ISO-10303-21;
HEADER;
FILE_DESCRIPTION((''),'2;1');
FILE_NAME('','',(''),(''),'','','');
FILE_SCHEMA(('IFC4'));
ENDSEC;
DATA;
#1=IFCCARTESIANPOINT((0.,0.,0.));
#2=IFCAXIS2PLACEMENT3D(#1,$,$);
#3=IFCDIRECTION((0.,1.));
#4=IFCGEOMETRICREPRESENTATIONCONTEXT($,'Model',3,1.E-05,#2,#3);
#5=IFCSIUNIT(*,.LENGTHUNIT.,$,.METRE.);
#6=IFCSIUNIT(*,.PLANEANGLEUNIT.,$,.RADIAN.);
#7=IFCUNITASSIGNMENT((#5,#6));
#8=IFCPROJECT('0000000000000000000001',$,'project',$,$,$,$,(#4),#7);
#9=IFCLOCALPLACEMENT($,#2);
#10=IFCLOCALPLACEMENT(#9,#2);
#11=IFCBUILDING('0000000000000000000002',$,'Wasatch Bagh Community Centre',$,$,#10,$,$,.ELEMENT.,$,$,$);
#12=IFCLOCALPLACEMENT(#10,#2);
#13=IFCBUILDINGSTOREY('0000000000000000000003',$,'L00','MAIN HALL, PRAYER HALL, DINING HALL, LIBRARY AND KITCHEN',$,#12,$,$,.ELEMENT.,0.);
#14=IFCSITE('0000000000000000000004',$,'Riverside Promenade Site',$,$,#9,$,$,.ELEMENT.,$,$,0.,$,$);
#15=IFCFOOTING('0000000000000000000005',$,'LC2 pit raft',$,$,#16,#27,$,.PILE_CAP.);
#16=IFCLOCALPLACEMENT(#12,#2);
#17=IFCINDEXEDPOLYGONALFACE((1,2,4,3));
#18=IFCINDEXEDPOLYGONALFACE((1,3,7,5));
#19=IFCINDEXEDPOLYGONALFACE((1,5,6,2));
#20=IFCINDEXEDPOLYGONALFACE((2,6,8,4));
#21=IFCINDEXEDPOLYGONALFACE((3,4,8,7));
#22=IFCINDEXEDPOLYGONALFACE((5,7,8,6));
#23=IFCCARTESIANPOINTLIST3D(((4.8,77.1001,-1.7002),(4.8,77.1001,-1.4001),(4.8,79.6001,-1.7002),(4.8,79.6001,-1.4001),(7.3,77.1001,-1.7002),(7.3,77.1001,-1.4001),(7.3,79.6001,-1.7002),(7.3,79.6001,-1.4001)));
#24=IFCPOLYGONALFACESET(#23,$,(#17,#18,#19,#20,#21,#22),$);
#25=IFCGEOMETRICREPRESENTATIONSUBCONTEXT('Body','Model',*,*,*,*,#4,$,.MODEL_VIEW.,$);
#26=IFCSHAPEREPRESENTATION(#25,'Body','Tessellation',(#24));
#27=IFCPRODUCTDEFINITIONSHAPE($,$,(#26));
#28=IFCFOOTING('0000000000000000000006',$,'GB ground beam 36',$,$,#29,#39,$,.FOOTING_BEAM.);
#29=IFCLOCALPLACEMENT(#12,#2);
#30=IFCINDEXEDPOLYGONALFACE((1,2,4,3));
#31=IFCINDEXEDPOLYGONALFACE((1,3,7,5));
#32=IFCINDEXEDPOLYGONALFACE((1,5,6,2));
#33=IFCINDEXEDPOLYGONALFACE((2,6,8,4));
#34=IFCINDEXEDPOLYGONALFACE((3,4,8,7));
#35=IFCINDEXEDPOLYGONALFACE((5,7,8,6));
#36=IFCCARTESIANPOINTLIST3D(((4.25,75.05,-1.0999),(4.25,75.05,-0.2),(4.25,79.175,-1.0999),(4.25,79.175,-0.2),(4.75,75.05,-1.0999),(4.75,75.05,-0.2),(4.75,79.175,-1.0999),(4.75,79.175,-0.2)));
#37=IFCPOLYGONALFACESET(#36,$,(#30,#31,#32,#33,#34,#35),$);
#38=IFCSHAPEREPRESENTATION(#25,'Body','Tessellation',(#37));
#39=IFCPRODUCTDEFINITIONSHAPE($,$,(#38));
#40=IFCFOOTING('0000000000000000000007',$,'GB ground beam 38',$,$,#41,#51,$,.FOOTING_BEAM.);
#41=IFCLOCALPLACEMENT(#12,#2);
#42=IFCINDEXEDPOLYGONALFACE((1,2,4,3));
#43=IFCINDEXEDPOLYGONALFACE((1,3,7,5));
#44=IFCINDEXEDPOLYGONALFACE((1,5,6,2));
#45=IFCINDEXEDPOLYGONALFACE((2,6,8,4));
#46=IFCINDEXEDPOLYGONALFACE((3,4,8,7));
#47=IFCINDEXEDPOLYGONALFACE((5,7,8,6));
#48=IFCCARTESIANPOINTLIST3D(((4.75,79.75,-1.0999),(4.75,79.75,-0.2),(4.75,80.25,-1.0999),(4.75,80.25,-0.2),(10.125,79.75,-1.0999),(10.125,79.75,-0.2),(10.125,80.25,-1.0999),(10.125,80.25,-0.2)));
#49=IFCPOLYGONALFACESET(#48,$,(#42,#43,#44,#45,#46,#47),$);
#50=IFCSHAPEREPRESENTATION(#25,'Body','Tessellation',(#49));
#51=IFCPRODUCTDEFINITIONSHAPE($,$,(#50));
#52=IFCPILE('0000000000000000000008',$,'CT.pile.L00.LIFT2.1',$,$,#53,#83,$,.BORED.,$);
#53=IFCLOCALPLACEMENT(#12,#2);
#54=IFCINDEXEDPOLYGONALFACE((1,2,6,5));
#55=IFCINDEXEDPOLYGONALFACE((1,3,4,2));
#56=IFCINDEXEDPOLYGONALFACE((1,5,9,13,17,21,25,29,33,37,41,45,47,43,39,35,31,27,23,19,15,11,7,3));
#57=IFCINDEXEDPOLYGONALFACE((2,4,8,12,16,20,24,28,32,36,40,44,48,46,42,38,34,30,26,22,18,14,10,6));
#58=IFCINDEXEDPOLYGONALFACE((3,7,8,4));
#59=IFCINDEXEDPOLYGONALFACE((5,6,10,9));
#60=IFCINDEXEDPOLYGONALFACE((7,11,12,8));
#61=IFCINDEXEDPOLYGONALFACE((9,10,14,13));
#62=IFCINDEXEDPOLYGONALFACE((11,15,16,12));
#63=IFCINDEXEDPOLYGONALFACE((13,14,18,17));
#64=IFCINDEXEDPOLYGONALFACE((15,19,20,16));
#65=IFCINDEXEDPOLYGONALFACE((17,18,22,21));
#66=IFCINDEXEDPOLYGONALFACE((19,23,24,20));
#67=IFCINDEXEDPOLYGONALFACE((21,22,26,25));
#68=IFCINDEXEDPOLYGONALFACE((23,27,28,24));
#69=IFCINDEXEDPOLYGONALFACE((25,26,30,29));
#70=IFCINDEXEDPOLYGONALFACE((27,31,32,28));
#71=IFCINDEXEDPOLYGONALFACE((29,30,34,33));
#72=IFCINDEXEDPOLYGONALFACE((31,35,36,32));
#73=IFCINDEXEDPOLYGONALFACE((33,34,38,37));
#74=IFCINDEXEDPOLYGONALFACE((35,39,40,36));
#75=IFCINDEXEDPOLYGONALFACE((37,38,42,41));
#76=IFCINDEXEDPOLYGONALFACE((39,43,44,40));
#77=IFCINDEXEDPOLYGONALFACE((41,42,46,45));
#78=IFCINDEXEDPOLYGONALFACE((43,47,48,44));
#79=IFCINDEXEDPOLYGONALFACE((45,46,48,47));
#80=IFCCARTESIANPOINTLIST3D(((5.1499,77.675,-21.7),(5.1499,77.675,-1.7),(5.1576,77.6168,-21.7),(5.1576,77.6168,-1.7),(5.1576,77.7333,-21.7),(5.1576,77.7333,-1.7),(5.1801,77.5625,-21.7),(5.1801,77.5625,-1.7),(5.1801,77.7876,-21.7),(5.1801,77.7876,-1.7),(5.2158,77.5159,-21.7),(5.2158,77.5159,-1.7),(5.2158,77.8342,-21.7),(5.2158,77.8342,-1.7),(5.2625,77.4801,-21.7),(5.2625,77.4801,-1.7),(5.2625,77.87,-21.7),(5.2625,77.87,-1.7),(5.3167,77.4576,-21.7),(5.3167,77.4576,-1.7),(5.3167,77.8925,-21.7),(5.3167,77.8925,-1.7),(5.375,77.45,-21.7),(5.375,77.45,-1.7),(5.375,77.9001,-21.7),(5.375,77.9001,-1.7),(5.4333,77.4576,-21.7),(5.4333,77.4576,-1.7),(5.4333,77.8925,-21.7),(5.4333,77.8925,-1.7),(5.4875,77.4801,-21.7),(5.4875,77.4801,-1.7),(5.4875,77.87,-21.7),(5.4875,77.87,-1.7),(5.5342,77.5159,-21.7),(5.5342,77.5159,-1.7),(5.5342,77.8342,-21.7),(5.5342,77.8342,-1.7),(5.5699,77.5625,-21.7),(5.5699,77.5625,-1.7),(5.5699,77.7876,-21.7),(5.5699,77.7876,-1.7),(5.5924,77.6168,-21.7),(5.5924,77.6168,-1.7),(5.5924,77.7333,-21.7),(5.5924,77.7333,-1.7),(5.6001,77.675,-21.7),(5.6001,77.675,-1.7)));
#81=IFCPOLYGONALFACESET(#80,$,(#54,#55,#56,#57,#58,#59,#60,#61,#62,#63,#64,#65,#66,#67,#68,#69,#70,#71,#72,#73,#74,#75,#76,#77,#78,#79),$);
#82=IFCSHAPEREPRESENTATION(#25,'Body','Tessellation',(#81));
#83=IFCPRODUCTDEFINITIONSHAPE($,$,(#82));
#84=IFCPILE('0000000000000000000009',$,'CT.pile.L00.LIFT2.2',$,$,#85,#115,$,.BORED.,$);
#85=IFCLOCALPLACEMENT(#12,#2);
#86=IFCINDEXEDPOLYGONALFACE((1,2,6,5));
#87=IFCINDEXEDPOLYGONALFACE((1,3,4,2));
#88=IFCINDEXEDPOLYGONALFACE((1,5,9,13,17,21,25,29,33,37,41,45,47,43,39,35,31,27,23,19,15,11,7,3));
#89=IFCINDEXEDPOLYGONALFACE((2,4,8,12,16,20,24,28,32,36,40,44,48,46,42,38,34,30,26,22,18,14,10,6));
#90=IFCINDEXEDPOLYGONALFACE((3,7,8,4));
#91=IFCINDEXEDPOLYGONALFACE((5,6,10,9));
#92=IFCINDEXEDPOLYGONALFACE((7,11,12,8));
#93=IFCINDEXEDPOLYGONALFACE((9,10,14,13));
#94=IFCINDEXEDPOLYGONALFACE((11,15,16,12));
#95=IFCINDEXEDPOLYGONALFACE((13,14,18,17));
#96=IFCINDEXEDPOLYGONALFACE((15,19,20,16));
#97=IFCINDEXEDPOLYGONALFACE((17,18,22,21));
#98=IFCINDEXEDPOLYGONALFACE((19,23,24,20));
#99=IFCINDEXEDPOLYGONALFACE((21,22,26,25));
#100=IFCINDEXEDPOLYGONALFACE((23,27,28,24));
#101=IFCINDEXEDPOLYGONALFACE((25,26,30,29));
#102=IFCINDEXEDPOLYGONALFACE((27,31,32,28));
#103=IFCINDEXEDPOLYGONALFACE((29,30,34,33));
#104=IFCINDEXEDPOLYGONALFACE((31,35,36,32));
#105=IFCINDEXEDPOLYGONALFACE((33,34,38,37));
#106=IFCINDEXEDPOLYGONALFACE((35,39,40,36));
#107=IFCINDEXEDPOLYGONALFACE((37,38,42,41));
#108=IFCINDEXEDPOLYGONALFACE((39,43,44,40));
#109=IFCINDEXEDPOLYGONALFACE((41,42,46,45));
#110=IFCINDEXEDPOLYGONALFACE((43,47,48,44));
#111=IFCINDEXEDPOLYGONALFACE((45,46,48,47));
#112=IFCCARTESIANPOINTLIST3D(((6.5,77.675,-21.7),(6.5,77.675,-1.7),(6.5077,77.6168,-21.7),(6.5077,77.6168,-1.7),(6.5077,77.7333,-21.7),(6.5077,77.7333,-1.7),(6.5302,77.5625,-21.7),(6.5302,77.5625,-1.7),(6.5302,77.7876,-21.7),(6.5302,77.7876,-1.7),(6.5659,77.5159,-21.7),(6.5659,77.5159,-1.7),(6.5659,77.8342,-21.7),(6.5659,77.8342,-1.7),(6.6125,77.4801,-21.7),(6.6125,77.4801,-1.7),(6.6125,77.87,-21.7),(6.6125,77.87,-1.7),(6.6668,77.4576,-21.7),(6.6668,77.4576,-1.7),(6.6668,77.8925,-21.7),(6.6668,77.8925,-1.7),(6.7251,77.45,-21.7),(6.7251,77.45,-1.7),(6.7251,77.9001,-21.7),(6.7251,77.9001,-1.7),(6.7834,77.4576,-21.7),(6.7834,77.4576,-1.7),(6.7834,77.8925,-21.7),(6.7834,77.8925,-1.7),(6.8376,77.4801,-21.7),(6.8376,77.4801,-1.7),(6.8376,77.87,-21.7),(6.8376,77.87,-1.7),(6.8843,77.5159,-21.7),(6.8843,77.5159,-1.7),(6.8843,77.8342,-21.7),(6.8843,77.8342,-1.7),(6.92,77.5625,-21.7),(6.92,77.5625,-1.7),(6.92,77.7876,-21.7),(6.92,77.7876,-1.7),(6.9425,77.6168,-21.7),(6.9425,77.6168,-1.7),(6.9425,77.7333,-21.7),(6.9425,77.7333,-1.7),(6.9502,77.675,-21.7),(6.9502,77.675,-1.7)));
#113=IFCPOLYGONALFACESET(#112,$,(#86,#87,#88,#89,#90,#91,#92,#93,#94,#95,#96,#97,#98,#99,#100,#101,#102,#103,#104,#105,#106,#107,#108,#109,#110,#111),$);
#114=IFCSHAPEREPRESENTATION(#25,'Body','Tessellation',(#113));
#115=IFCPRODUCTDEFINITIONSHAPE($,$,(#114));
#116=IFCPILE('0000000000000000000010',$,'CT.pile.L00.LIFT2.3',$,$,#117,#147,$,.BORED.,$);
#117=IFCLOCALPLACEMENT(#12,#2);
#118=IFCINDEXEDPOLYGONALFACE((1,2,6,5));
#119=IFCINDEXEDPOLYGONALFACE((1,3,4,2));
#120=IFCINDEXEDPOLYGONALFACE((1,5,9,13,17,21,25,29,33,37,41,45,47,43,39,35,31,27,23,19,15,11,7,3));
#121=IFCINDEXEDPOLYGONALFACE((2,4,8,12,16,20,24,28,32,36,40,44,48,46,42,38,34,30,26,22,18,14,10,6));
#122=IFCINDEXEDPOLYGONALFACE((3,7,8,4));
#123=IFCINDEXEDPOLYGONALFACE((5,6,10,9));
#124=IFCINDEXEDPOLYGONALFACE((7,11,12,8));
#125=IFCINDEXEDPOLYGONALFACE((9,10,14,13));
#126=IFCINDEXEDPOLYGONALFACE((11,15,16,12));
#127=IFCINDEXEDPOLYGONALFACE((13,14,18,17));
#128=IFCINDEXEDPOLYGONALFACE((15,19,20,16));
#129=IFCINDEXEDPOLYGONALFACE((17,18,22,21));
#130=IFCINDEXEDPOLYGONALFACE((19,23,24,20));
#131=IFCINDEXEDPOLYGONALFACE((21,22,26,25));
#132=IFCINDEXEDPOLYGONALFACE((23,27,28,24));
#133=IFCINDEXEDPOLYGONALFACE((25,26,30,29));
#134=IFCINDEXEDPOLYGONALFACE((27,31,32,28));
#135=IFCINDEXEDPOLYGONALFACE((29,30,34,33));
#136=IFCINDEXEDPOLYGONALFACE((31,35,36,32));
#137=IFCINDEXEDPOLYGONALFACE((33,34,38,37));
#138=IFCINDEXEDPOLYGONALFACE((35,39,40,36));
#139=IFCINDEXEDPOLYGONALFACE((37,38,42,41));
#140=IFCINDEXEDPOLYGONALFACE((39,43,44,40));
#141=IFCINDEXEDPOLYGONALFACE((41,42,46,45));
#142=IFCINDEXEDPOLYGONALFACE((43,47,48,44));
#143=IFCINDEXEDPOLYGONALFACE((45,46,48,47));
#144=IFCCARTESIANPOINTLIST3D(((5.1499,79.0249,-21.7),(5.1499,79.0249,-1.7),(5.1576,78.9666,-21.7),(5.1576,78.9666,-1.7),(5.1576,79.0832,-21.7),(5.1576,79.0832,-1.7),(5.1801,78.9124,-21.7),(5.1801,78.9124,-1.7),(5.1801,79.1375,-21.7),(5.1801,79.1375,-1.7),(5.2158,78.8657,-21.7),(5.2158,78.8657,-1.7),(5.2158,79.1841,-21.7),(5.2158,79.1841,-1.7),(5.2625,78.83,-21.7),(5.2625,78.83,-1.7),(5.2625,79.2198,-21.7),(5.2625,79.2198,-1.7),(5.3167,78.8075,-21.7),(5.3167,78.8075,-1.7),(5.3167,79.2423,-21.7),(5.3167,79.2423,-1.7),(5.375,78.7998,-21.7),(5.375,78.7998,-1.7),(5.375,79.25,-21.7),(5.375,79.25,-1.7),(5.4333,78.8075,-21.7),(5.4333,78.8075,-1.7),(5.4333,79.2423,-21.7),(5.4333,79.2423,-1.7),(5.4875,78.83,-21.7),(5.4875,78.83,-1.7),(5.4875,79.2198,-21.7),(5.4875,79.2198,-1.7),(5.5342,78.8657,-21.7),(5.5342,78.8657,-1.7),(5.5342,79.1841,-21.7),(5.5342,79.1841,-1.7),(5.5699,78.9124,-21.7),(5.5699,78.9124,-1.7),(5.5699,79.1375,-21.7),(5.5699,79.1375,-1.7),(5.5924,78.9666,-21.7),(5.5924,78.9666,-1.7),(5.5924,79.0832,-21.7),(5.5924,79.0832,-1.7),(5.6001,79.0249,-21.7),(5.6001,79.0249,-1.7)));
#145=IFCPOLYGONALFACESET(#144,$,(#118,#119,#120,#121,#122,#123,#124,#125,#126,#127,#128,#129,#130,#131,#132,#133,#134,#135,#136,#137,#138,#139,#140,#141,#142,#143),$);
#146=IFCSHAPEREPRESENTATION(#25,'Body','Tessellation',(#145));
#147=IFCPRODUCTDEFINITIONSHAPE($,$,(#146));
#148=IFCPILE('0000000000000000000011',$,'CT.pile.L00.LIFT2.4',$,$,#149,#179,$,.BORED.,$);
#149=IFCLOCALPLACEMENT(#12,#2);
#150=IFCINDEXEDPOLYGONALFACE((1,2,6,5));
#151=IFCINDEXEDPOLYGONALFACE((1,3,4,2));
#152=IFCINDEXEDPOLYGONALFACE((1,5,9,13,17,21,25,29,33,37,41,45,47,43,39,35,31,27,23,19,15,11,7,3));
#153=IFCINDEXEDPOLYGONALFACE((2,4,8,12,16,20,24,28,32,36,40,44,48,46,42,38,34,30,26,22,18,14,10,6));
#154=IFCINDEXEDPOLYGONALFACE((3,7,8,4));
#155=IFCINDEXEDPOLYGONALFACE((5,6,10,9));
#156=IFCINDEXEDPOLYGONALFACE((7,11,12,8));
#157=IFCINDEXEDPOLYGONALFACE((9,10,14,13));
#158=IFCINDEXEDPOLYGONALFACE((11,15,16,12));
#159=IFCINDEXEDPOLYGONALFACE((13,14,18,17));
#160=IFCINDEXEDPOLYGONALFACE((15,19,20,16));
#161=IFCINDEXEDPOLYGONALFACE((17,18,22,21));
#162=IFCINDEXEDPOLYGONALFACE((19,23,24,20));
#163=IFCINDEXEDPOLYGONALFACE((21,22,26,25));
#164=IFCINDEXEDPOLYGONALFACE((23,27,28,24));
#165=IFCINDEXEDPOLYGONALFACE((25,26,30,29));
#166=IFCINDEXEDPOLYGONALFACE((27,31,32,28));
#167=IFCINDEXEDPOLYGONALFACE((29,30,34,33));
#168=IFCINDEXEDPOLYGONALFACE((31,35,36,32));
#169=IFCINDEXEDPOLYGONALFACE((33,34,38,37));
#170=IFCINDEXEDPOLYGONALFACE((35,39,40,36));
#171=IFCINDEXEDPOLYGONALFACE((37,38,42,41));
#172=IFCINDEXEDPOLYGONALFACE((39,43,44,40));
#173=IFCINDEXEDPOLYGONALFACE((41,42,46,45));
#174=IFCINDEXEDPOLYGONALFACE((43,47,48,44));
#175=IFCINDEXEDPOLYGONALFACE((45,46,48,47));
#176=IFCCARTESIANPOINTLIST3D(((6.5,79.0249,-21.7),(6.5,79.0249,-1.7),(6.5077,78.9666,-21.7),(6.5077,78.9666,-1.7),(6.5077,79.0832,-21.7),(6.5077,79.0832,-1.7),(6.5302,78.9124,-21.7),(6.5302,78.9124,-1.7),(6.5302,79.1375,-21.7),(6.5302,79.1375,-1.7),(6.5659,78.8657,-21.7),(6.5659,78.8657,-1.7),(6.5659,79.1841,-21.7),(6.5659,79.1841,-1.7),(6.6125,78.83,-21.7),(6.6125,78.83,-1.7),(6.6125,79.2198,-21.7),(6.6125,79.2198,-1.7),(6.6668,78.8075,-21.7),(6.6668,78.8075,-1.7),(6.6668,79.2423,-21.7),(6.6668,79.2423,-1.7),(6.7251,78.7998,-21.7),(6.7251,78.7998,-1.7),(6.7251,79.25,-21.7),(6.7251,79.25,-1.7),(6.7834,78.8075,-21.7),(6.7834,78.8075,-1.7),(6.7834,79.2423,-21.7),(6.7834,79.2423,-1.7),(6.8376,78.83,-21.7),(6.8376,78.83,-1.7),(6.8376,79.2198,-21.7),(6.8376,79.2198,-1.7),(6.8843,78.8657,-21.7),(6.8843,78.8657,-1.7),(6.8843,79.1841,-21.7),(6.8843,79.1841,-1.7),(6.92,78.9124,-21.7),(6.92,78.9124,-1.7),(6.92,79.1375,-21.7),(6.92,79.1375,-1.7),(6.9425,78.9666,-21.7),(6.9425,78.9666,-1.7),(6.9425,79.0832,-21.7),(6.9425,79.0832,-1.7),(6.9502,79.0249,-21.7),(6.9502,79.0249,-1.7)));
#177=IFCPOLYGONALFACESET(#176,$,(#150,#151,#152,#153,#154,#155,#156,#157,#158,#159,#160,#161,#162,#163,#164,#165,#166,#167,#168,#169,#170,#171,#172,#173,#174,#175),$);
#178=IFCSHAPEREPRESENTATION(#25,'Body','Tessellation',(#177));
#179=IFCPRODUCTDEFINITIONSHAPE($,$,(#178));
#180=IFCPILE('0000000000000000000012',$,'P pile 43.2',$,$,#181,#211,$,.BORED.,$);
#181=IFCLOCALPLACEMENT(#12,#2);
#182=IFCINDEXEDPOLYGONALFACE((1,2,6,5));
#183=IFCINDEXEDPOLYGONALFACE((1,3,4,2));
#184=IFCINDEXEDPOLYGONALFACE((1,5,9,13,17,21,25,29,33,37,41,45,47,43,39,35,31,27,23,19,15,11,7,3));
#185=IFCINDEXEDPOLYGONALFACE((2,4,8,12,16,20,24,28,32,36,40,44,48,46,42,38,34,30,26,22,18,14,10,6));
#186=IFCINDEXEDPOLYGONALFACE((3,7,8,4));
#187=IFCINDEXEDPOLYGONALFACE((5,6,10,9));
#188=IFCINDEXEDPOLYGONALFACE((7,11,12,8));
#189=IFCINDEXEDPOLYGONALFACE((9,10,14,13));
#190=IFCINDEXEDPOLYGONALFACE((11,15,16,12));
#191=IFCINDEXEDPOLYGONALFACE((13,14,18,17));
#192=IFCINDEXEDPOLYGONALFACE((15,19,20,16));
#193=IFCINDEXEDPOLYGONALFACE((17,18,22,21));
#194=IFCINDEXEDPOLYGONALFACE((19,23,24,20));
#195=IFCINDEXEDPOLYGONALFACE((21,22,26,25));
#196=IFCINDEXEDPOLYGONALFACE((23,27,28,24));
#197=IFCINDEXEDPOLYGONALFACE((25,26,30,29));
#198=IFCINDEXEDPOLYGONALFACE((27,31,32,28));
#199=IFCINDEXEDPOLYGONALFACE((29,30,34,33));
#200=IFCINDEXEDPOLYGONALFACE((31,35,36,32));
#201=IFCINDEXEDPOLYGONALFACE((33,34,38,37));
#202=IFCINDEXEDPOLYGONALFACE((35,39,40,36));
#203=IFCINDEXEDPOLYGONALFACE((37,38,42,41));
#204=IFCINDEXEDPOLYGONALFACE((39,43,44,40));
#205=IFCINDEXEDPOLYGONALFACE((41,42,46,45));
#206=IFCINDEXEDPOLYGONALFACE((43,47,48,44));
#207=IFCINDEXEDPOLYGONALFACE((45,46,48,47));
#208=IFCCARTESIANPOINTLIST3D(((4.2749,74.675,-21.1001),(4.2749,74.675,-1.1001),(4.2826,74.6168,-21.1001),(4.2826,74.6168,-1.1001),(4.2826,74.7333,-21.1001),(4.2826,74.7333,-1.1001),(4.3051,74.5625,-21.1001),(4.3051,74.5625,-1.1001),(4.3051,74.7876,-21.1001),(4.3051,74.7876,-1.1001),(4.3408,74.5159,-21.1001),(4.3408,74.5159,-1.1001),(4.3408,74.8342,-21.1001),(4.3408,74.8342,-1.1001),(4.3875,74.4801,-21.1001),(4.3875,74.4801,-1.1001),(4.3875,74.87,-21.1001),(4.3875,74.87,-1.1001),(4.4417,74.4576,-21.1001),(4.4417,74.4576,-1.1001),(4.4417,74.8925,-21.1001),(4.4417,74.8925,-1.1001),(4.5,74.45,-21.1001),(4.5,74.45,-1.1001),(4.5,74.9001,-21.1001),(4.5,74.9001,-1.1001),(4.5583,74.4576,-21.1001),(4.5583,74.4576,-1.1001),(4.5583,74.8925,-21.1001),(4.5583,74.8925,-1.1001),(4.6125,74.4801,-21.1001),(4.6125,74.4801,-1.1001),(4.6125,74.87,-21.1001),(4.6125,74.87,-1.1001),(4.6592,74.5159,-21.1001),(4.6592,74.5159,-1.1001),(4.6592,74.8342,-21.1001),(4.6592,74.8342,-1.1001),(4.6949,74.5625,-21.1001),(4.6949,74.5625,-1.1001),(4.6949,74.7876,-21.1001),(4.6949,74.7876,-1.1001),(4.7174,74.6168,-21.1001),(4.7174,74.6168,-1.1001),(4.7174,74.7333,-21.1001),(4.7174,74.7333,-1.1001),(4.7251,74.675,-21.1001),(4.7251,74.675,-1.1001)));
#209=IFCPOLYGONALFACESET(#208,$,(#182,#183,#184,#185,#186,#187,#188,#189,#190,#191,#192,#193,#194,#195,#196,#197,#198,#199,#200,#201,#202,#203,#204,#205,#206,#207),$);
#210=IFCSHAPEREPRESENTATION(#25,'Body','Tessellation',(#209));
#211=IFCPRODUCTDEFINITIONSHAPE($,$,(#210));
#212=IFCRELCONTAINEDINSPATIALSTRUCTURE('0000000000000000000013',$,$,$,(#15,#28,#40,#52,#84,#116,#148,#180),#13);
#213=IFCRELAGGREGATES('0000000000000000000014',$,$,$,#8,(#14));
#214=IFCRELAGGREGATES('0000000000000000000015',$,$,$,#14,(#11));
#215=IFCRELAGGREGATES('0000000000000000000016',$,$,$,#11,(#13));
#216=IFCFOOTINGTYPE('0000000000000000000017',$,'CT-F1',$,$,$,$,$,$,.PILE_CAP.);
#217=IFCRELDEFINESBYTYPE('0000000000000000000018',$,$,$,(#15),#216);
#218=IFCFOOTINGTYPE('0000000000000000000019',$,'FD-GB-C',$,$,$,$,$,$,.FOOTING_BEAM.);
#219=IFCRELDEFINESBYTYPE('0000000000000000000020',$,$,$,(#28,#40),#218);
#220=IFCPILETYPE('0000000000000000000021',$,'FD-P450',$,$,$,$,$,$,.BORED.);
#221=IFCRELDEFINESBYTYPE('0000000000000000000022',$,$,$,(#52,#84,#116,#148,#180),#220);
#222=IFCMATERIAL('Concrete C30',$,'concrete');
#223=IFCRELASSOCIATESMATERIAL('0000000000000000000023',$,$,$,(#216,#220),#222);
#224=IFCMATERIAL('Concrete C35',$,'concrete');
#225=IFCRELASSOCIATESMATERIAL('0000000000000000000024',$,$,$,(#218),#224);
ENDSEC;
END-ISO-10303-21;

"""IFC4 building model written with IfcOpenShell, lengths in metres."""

from ifc_helpers import new_model, si_unit, direction, frame, origin, origin_2d, place, context, subcontext, project, spatial, rectangle, circle, extrude, material, material_profile, profile_set, type_object, element, save


model = new_model("IFC4")

# Units and contexts
model_context = context("Model", 3, precision=1e-05, world=origin(), true_north=direction((0.0, 1.0)))
body_context = subcontext(model_context, "Body", "Model", "MODEL_VIEW")
ifc_project = project(units=[si_unit("LENGTHUNIT", "METRE"), si_unit("PLANEANGLEUNIT", "RADIAN")], contexts=[model_context])

# Site, building, storey
site_placement = place(None, origin())
site = spatial("IfcSite", under=ifc_project, at=site_placement, Name="Riverside Promenade Site", CompositionType="ELEMENT", RefElevation=0.0)
building_placement = place(site_placement, origin())
building = spatial("IfcBuilding", under=site, at=building_placement, Name="Wasatch Bagh Community Centre", CompositionType="ELEMENT")
storey_placement = place(building_placement, origin())
storey = spatial("IfcBuildingStorey", under=building, at=storey_placement, Name="L00", Description="MAIN HALL, PRAYER HALL, DINING HALL, LIBRARY AND KITCHEN", CompositionType="ELEMENT", Elevation=0.0)

# Footings
ifc_material_1 = material(Name="Concrete C30", Category="concrete")
footing_type_1 = type_object("IfcFootingType", Name="CT-F1", PredefinedType="PILE_CAP", material=ifc_material_1)
footing_1_placement = place(storey_placement, frame((6.05, 78.3501, -1.7002), z_axis=(0.0, 0.0, 1.0), x_axis=(1.0, 0.0, 0.0)))
element("IfcFooting", 1, at=footing_1_placement, inside=storey, type_object=footing_type_1, Name="LC2 pit raft", PredefinedType="PILE_CAP", context=body_context, shape_type="SweptSolid", body=[
    extrude(rectangle(XDim=2.5, YDim=2.5, at=origin_2d()), origin(), (0.0, 0.0, 1.0), 0.3),
])
ifc_material_2 = material(Name="Concrete C35", Category="concrete")
footing_type_2 = type_object("IfcFootingType", Name="FD-GB-C", PredefinedType="FOOTING_BEAM", material=ifc_material_2)
footing_2_placement = place(storey_placement, frame((4.5, 77.1125, -1.0999), z_axis=(0.0, 0.0, 1.0), x_axis=(0.0, 1.0, 0.0)))
element("IfcFooting", 2, at=footing_2_placement, inside=storey, type_object=footing_type_2, Name="GB ground beam 36", PredefinedType="FOOTING_BEAM", context=body_context, shape_type="SweptSolid", body=[
    extrude(rectangle(XDim=4.125, YDim=0.5, at=origin_2d()), origin(), (0.0, 0.0, 1.0), 0.8999),
])
footing_3_placement = place(storey_placement, frame((7.4375, 80.0, -1.0999), z_axis=(0.0, 0.0, 1.0), x_axis=(-1.0, 0.0, 0.0)))
element("IfcFooting", 3, at=footing_3_placement, inside=storey, type_object=footing_type_2, Name="GB ground beam 38", PredefinedType="FOOTING_BEAM", context=body_context, shape_type="SweptSolid", body=[
    extrude(rectangle(XDim=5.375, YDim=0.5, at=origin_2d()), origin(), (0.0, 0.0, 1.0), 0.8999),
])

# Piles
ifc_material_profile_1 = material_profile(ifc_material_1, circle(Radius=0.2251, at=origin_2d()), Name="RC D450")
ifc_profile_set_1 = profile_set([ifc_material_profile_1], Name="Concrete C30")
pile_type = type_object("IfcPileType", Name="FD-P450", PredefinedType="BORED", material=ifc_profile_set_1)
for number, where, z_axis, x_axis, name in (
    (4, (5.375, 77.675, -1.7), (0.0, 0.0, -1.0), (1.0, 0.0, 0.0), "CT.pile.L00.LIFT2.1"),
    (5, (6.7251, 77.675, -1.7), (0.0, 0.0, -1.0), (1.0, 0.0, 0.0), "CT.pile.L00.LIFT2.2"),
    (6, (5.375, 79.0249, -1.7), (0.0, 0.0, -1.0), (1.0, 0.0, 0.0), "CT.pile.L00.LIFT2.3"),
    (7, (6.7251, 79.0249, -1.7), (0.0, 0.0, -1.0), (1.0, 0.0, 0.0), "CT.pile.L00.LIFT2.4"),
    (8, (4.5, 74.675, -1.1001), (0.0, 0.0, -1.0), (1.0, 0.0, 0.0), "P pile 43.2"),
):
    element("IfcPile", number, at=place(storey_placement, frame(where, z_axis=z_axis, x_axis=x_axis)), inside=storey, type_object=pile_type, Name=name, PredefinedType="BORED", context=body_context, shape_type="SweptSolid", body=[
        extrude(circle(Radius=0.2251, at=origin_2d()), origin(), (0.0, 0.0, 1.0), 20.0),
    ])

save(model, "model.ifc")
